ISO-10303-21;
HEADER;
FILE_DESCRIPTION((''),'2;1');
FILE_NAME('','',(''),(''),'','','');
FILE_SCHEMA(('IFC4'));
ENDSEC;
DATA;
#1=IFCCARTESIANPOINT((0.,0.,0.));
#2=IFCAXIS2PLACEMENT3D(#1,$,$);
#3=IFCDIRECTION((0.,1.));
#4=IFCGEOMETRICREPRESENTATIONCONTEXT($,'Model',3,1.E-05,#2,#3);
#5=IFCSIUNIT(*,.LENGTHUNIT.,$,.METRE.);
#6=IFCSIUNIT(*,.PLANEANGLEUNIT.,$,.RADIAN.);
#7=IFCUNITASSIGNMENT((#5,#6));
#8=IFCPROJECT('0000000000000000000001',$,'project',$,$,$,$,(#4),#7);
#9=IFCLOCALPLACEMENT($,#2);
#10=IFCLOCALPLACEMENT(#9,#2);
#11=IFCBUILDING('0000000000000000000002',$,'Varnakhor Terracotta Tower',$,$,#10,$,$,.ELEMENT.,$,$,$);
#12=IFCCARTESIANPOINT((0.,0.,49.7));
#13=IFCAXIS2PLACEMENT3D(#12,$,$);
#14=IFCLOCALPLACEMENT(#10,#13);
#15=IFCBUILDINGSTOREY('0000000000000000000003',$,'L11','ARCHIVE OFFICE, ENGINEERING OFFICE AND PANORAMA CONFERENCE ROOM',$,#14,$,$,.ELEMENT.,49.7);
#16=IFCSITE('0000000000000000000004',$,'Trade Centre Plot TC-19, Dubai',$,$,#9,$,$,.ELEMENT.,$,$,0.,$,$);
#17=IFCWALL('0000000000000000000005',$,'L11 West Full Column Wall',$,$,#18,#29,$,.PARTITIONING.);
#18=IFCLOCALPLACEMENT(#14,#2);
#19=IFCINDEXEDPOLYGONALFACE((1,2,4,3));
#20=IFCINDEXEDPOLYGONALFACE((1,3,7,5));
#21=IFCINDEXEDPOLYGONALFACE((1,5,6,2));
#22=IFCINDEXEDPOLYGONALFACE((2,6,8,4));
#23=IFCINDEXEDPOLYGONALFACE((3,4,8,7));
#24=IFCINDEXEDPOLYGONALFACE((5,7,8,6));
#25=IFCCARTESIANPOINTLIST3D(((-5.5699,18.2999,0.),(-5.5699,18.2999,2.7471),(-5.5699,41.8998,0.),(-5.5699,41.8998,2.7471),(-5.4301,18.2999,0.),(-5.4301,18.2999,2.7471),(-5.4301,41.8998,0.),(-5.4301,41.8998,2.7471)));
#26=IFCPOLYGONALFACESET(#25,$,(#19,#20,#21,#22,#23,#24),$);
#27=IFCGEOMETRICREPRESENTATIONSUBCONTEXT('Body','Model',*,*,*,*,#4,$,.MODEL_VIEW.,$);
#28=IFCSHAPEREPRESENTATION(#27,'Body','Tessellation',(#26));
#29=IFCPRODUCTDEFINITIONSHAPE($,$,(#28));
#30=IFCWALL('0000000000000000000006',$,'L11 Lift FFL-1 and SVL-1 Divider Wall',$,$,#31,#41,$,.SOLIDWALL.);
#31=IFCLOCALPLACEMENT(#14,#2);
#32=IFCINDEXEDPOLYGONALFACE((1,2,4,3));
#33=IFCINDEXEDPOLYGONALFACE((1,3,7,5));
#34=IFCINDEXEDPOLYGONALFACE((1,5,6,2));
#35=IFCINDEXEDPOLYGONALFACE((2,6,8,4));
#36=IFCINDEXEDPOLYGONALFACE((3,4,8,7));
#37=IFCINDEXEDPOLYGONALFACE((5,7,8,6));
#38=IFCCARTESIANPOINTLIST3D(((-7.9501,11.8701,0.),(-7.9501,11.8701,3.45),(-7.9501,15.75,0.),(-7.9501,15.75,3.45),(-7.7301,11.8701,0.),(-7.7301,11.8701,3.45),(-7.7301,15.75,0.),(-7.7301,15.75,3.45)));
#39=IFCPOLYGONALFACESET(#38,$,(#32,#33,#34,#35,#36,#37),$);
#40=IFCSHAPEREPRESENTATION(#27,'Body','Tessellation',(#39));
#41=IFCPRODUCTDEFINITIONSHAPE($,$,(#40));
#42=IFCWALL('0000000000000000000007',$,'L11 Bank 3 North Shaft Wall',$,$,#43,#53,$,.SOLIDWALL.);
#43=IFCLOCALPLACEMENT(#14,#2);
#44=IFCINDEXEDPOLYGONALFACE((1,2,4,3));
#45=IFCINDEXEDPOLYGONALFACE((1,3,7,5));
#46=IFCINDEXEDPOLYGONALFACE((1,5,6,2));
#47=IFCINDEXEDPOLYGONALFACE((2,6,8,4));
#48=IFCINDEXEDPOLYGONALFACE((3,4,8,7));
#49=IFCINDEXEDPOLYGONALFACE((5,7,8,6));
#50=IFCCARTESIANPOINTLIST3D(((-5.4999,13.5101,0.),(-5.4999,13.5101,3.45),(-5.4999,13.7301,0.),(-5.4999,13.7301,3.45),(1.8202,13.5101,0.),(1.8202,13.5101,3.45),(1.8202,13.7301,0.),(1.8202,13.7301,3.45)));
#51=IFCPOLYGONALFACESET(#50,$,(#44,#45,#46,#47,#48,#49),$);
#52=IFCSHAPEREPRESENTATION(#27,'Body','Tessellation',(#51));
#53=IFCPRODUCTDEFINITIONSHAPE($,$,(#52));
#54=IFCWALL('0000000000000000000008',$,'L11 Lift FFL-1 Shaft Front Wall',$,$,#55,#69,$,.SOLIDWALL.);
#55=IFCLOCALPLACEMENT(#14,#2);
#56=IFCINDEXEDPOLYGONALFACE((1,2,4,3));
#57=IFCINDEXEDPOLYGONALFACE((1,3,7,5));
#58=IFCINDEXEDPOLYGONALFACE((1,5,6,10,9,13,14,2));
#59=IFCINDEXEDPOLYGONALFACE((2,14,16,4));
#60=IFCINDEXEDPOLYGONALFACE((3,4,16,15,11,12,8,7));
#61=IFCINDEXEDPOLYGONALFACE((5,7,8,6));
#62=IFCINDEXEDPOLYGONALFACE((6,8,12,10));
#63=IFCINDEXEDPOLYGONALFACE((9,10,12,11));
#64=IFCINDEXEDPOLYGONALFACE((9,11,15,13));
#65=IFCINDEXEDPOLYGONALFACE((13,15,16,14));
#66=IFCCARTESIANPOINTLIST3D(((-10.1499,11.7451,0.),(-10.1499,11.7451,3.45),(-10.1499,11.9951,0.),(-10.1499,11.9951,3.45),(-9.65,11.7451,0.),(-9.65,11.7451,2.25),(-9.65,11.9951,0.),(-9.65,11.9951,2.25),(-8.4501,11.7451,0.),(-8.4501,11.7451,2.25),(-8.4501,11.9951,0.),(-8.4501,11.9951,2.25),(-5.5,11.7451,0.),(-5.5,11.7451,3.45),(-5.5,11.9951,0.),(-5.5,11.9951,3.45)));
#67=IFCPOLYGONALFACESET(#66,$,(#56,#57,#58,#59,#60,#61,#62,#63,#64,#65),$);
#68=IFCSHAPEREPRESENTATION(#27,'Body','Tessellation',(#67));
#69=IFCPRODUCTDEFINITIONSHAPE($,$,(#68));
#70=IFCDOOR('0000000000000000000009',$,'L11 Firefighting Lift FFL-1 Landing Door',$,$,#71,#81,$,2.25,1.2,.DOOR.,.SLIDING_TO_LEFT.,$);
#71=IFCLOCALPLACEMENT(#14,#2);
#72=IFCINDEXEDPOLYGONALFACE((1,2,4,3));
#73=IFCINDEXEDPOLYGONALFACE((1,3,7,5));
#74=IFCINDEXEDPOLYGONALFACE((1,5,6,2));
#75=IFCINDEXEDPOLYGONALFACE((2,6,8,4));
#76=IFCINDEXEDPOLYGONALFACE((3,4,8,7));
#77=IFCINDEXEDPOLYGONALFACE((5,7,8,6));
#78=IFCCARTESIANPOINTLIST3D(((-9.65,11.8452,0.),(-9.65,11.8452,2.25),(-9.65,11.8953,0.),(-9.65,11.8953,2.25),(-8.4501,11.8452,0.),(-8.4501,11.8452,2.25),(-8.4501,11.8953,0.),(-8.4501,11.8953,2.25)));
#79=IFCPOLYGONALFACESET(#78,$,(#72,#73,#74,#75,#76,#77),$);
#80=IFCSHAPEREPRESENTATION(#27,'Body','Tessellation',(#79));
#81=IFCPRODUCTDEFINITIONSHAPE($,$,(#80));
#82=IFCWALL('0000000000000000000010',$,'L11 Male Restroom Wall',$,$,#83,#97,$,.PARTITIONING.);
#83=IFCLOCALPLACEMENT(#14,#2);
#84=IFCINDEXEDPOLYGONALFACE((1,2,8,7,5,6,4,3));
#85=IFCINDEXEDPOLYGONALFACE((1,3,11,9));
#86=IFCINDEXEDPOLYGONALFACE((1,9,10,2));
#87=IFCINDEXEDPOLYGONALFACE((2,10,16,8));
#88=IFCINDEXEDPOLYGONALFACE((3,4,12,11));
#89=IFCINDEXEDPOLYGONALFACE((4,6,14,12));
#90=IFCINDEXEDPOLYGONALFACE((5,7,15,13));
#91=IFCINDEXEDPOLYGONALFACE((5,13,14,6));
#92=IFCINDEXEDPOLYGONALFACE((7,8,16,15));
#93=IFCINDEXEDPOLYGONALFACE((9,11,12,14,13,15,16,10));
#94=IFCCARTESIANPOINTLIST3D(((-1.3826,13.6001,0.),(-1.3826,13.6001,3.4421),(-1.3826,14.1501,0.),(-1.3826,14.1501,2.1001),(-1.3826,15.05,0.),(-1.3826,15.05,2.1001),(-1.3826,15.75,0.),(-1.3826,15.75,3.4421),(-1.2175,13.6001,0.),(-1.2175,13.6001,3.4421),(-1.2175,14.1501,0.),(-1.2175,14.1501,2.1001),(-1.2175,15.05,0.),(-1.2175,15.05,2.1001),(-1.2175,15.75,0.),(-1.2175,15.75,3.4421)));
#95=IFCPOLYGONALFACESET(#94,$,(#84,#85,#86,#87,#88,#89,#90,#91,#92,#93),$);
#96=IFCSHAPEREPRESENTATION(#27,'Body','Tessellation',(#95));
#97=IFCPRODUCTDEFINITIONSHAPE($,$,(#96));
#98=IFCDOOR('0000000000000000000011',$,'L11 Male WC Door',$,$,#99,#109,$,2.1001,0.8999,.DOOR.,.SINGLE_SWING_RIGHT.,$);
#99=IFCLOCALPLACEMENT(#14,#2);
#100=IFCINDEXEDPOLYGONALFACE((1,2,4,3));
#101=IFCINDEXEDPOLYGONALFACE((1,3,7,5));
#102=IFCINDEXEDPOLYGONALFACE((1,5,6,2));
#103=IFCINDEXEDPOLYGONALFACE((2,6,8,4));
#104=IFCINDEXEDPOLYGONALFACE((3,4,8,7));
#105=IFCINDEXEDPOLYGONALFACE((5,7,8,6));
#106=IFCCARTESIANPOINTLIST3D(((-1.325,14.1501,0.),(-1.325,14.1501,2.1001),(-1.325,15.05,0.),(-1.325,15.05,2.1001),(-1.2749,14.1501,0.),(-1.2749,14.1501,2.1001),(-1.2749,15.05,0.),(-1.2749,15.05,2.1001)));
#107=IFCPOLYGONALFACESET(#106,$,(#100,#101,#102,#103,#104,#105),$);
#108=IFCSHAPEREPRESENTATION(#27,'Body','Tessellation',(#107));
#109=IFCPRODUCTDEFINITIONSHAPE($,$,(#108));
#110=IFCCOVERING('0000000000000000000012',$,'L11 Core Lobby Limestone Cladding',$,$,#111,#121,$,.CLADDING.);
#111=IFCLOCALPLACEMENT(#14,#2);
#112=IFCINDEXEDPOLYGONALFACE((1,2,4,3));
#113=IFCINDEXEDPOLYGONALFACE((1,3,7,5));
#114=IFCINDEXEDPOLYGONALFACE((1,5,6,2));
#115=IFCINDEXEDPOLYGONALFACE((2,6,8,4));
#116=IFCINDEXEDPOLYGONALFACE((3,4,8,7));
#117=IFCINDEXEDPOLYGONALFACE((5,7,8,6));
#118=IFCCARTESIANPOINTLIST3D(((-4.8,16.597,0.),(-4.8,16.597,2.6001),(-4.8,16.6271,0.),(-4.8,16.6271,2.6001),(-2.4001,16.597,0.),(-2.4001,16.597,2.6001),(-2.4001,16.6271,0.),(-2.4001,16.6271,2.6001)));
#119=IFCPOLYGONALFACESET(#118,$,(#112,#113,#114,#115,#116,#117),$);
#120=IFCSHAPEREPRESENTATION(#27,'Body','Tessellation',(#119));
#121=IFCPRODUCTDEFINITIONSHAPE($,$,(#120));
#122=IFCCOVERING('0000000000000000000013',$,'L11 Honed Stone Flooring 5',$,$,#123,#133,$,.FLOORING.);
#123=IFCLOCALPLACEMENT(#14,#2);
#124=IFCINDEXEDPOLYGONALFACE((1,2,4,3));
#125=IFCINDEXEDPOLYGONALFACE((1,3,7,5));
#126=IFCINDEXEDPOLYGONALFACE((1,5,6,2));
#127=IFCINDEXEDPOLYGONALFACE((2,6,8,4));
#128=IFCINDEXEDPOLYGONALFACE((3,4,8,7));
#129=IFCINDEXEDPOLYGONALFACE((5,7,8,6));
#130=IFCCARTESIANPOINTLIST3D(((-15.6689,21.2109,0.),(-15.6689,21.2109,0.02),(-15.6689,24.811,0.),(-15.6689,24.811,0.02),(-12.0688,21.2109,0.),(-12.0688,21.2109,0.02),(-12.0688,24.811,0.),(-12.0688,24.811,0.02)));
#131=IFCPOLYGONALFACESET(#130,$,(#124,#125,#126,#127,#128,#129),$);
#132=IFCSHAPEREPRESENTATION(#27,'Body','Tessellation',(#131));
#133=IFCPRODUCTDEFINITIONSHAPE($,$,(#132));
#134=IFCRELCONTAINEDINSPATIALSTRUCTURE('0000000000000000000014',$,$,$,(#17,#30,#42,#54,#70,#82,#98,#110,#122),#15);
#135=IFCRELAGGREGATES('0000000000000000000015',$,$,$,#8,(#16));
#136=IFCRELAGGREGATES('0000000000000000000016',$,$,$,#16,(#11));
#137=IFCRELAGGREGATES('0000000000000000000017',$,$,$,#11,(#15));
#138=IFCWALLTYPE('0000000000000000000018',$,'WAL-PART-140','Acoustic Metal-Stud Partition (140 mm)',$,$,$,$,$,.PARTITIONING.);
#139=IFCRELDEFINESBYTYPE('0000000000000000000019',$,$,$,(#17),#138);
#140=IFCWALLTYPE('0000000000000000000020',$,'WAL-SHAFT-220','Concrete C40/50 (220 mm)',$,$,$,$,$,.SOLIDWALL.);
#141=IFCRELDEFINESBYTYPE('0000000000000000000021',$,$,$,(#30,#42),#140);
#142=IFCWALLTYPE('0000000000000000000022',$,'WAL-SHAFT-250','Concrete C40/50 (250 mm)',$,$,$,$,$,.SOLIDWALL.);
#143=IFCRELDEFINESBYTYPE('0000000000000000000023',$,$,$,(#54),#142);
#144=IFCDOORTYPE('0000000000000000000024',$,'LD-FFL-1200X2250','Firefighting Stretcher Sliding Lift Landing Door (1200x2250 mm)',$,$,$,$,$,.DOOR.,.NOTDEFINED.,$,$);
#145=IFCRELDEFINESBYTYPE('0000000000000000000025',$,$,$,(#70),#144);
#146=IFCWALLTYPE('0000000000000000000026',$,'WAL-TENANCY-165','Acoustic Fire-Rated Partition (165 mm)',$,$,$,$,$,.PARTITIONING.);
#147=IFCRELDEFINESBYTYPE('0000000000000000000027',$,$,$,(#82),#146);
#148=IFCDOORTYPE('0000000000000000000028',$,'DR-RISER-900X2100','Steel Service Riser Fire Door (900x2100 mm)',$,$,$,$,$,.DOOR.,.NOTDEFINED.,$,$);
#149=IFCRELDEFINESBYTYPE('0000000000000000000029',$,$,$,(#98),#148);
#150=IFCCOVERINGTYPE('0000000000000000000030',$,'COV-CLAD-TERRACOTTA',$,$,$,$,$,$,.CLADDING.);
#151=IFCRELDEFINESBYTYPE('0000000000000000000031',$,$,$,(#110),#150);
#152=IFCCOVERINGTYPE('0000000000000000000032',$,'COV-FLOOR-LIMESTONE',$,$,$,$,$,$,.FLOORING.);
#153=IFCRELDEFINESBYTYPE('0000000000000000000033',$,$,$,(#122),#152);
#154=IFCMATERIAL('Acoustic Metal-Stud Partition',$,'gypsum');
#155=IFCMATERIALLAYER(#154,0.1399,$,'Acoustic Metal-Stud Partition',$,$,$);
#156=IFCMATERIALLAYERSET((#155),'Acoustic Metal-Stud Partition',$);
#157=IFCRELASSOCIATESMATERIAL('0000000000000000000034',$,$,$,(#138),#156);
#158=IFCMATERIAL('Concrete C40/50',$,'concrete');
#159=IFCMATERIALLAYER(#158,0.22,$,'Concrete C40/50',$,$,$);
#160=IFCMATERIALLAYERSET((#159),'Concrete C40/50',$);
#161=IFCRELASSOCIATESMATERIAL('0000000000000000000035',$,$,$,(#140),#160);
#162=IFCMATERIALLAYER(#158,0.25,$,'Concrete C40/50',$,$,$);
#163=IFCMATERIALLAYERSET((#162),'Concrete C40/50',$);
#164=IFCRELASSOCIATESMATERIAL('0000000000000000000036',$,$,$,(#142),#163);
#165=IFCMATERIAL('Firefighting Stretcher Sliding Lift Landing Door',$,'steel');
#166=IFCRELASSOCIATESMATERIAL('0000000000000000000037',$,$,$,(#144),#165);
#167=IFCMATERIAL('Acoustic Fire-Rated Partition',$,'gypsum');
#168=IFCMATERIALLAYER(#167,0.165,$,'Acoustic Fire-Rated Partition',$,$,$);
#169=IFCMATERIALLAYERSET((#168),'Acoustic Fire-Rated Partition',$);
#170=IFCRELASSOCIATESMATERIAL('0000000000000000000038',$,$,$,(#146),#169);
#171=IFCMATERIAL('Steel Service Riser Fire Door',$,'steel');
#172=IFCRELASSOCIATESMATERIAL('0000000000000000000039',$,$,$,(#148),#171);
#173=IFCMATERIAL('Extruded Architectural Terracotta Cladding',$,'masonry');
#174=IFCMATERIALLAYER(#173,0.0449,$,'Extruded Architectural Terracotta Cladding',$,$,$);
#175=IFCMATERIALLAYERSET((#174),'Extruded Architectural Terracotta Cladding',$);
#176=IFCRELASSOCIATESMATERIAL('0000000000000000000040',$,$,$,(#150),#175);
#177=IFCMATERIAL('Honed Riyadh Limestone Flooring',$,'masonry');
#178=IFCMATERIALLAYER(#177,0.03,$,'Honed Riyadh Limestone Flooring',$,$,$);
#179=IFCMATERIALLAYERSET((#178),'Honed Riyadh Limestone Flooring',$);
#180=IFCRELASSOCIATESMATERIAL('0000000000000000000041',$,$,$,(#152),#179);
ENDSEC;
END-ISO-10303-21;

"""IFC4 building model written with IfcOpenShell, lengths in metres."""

from ifc_helpers import new_model, si_unit, direction, frame, frame_2d, origin, origin_2d, place, context, subcontext, project, spatial, rectangle, extrude, source, transform, mapped, material, layer, layer_set, type_object, type_shapes, element, fill, save


model = new_model("IFC4")

# Units and contexts
model_context = context("Model", 3, precision=1e-05, world=origin(), true_north=direction((0.0, 1.0)))
body_context = subcontext(model_context, "Body", "Model", "MODEL_VIEW")
ifc_project = project(units=[si_unit("LENGTHUNIT", "METRE"), si_unit("PLANEANGLEUNIT", "RADIAN")], contexts=[model_context])

# Site, building, storey
site_placement = place(None, origin())
site = spatial("IfcSite", under=ifc_project, at=site_placement, Name="Trade Centre Plot TC-19, Dubai", CompositionType="ELEMENT", RefElevation=0.0)
building_placement = place(site_placement, origin())
building = spatial("IfcBuilding", under=site, at=building_placement, Name="Varnakhor Terracotta Tower", CompositionType="ELEMENT")
storey_placement = place(building_placement, frame((0.0, 0.0, 49.7)))
storey = spatial("IfcBuildingStorey", under=building, at=storey_placement, Name="L11", Description="ARCHIVE OFFICE, ENGINEERING OFFICE AND PANORAMA CONFERENCE ROOM", CompositionType="ELEMENT", Elevation=49.7)

# Walls
ifc_material_1 = material(Name="Acoustic Metal-Stud Partition", Category="gypsum")
ifc_layer_1 = layer(ifc_material_1, 0.1399, Name="Acoustic Metal-Stud Partition")
ifc_layer_set_1 = layer_set([ifc_layer_1], Name="Acoustic Metal-Stud Partition")
wall_type_1 = type_object("IfcWallType", Name="WAL-PART-140", Description="Acoustic Metal-Stud Partition (140 mm)", PredefinedType="PARTITIONING", material=ifc_layer_set_1)
wall_1_placement = place(storey_placement, frame((-5.5, 18.3, 0.0), z_axis=(0.0, 0.0, 1.0), x_axis=(0.0, 1.0, 0.0)))
element("IfcWall", 1, at=wall_1_placement, inside=storey, type_object=wall_type_1, Name="L11 West Full Column Wall", PredefinedType="PARTITIONING", context=body_context, shape_type="SweptSolid", body=[
    extrude(rectangle(XDim=23.5999, YDim=0.1399, at=frame_2d((11.7998, 0.0))), origin(), (0.0, 0.0, 1.0), 2.7471),
])
ifc_material_2 = material(Name="Concrete C40/50", Category="concrete")
ifc_layer_2 = layer(ifc_material_2, 0.22, Name="Concrete C40/50")
ifc_layer_set_2 = layer_set([ifc_layer_2], Name="Concrete C40/50")
wall_type_2 = type_object("IfcWallType", Name="WAL-SHAFT-220", Description="Concrete C40/50 (220 mm)", PredefinedType="SOLIDWALL", material=ifc_layer_set_2)
wall_2_placement = place(storey_placement, frame((-7.8401, 11.8701, 0.0), z_axis=(0.0, 0.0, 1.0), x_axis=(0.0, 1.0, 0.0)))
element("IfcWall", 2, at=wall_2_placement, inside=storey, type_object=wall_type_2, Name="L11 Lift FFL-1 and SVL-1 Divider Wall", PredefinedType="SOLIDWALL", context=body_context, shape_type="SweptSolid", body=[
    extrude(rectangle(XDim=3.8799, YDim=0.22, at=frame_2d((1.9399, 0.0))), origin(), (0.0, 0.0, 1.0), 3.45),
])
wall_3_placement = place(storey_placement, frame((-5.5, 13.6201, 0.0), z_axis=(0.0, 0.0, 1.0), x_axis=(1.0, 0.0, 0.0)))
element("IfcWall", 3, at=wall_3_placement, inside=storey, type_object=wall_type_2, Name="L11 Bank 3 North Shaft Wall", PredefinedType="SOLIDWALL", context=body_context, shape_type="SweptSolid", body=[
    extrude(rectangle(XDim=7.3201, YDim=0.22, at=frame_2d((3.6602, 0.0))), origin(), (0.0, 0.0, 1.0), 3.45),
])

# Walls, openings, doors
ifc_layer_3 = layer(ifc_material_2, 0.25, Name="Concrete C40/50")
ifc_layer_set_3 = layer_set([ifc_layer_3], Name="Concrete C40/50")
wall_type_3 = type_object("IfcWallType", Name="WAL-SHAFT-250", Description="Concrete C40/50 (250 mm)", PredefinedType="SOLIDWALL", material=ifc_layer_set_3)
wall_4_placement = place(storey_placement, frame((-5.5, 11.8701, 0.0), z_axis=(0.0, 0.0, 1.0), x_axis=(-1.0, 0.0, 0.0)))
wall_4 = element("IfcWall", 4, at=wall_4_placement, inside=storey, type_object=wall_type_3, Name="L11 Lift FFL-1 Shaft Front Wall", PredefinedType="SOLIDWALL", context=body_context, shape_type="SweptSolid", body=[
    extrude(rectangle(XDim=4.6499, YDim=0.25, at=frame_2d((2.325, 0.0))), origin(), (0.0, 0.0, 1.0), 3.45),
])
opening_1_placement = place(wall_4_placement, frame((2.95, 0.0, 0.0)))
opening_1 = element("IfcOpeningElement", 5, at=opening_1_placement, cuts=wall_4, PredefinedType="OPENING", context=body_context, shape_type="SweptSolid", body=[
    extrude(rectangle(XDim=1.2, YDim=2.25, at=frame_2d((0.6001, 1.125))), frame((0.0, 0.135, 0.0), z_axis=(0.0, -1.0, 0.0), x_axis=(1.0, 0.0, 0.0)), (0.0, 0.0, 1.0), 0.27),
])
ifc_material_3 = material(Name="Firefighting Stretcher Sliding Lift Landing Door", Category="steel")
door_type_1 = type_object("IfcDoorType", Name="LD-FFL-1200X2250", Description="Firefighting Stretcher Sliding Lift Landing Door (1200x2250 mm)", OperationType="NOTDEFINED", PredefinedType="DOOR", material=ifc_material_3)
shared_shape_1 = source(origin(), body_context, "Body", "SweptSolid", [
    extrude(rectangle(XDim=1.2, YDim=2.25, at=frame_2d((0.6001, 1.125))), frame((0.0, 0.0249, 0.0), z_axis=(0.0, -1.0, 0.0), x_axis=(1.0, 0.0, 0.0)), (0.0, 0.0, 1.0), 0.05),
])
type_shapes(door_type_1, [shared_shape_1])
door_1_placement = place(opening_1_placement, origin())
door_1 = element("IfcDoor", 6, at=door_1_placement, inside=storey, type_object=door_type_1, Name="L11 Firefighting Lift FFL-1 Landing Door", OperationType="SLIDING_TO_LEFT", OverallHeight=2.25, OverallWidth=1.2, PredefinedType="DOOR", context=body_context, shape_type="MappedRepresentation", body=[
    mapped(shared_shape_1, transform((0.0, 0.0, 0.0), scale=1.0)),
])
fill(opening_1, door_1)
ifc_material_4 = material(Name="Acoustic Fire-Rated Partition", Category="gypsum")
ifc_layer_4 = layer(ifc_material_4, 0.165, Name="Acoustic Fire-Rated Partition")
ifc_layer_set_4 = layer_set([ifc_layer_4], Name="Acoustic Fire-Rated Partition")
wall_type_4 = type_object("IfcWallType", Name="WAL-TENANCY-165", Description="Acoustic Fire-Rated Partition (165 mm)", PredefinedType="PARTITIONING", material=ifc_layer_set_4)
wall_5_placement = place(storey_placement, frame((-1.3, 13.6001, 0.0), z_axis=(0.0, 0.0, 1.0), x_axis=(0.0, 1.0, 0.0)))
wall_5 = element("IfcWall", 7, at=wall_5_placement, inside=storey, type_object=wall_type_4, Name="L11 Male Restroom Wall", PredefinedType="PARTITIONING", context=body_context, shape_type="SweptSolid", body=[
    extrude(rectangle(XDim=2.1499, YDim=0.165, at=frame_2d((1.075, 0.0))), origin(), (0.0, 0.0, 1.0), 3.4421),
])
opening_2_placement = place(wall_5_placement, frame((0.55, 0.0, 0.0)))
opening_2 = element("IfcOpeningElement", 8, at=opening_2_placement, cuts=wall_5, PredefinedType="OPENING", context=body_context, shape_type="SweptSolid", body=[
    extrude(rectangle(XDim=0.8999, YDim=2.1001, at=frame_2d((0.45, 1.05))), frame((0.0, 0.0925, 0.0), z_axis=(0.0, -1.0, 0.0), x_axis=(1.0, 0.0, 0.0)), (0.0, 0.0, 1.0), 0.1851),
])
ifc_material_5 = material(Name="Steel Service Riser Fire Door", Category="steel")
door_type_2 = type_object("IfcDoorType", Name="DR-RISER-900X2100", Description="Steel Service Riser Fire Door (900x2100 mm)", OperationType="NOTDEFINED", PredefinedType="DOOR", material=ifc_material_5)
shared_shape_2 = source(origin(), body_context, "Body", "SweptSolid", [
    extrude(rectangle(XDim=0.8999, YDim=2.1001, at=frame_2d((0.45, 1.05))), frame((0.0, 0.0249, 0.0), z_axis=(0.0, -1.0, 0.0), x_axis=(1.0, 0.0, 0.0)), (0.0, 0.0, 1.0), 0.05),
])
type_shapes(door_type_2, [shared_shape_2])
door_2_placement = place(opening_2_placement, origin())
door_2 = element("IfcDoor", 9, at=door_2_placement, inside=storey, type_object=door_type_2, Name="L11 Male WC Door", OperationType="SINGLE_SWING_RIGHT", OverallHeight=2.1001, OverallWidth=0.8999, PredefinedType="DOOR", context=body_context, shape_type="MappedRepresentation", body=[
    mapped(shared_shape_2, transform((0.0, 0.0, 0.0), scale=1.0)),
])
fill(opening_2, door_2)

# Coverings
ifc_material_6 = material(Name="Extruded Architectural Terracotta Cladding", Category="masonry")
ifc_layer_5 = layer(ifc_material_6, 0.0449, Name="Extruded Architectural Terracotta Cladding")
ifc_layer_set_5 = layer_set([ifc_layer_5], Name="Extruded Architectural Terracotta Cladding")
covering_type_1 = type_object("IfcCoveringType", Name="COV-CLAD-TERRACOTTA", PredefinedType="CLADDING", material=ifc_layer_set_5)
shared_shape_3 = source(origin(), body_context, "Body", "SweptSolid", [
    extrude(rectangle(XDim=2.3999, YDim=0.03, at=origin_2d()), origin(), (0.0, 0.0, 1.0), 2.6001),
])
type_shapes(covering_type_1, [shared_shape_3])
covering_1_placement = place(storey_placement, frame((-3.6001, 16.6121, 0.0), z_axis=(0.0, 0.0, 1.0), x_axis=(1.0, 0.0, 0.0)))
element("IfcCovering", 10, at=covering_1_placement, inside=storey, type_object=covering_type_1, Name="L11 Core Lobby Limestone Cladding", PredefinedType="CLADDING", context=body_context, shape_type="MappedRepresentation", body=[
    mapped(shared_shape_3, transform((0.0, 0.0, 0.0), scale=1.0)),
])
ifc_material_7 = material(Name="Honed Riyadh Limestone Flooring", Category="masonry")
ifc_layer_6 = layer(ifc_material_7, 0.03, Name="Honed Riyadh Limestone Flooring")
ifc_layer_set_6 = layer_set([ifc_layer_6], Name="Honed Riyadh Limestone Flooring")
covering_type_2 = type_object("IfcCoveringType", Name="COV-FLOOR-LIMESTONE", PredefinedType="FLOORING", material=ifc_layer_set_6)
shared_shape_4 = source(origin(), body_context, "Body", "SweptSolid", [
    extrude(rectangle(XDim=3.6001, YDim=3.6001, at=origin_2d()), origin(), (0.0, 0.0, 1.0), 0.02),
])
covering_2_placement = place(storey_placement, frame((-13.8689, 23.011, 0.0), z_axis=(0.0, 0.0, 1.0), x_axis=(1.0, 0.0, 0.0)))
element("IfcCovering", 11, at=covering_2_placement, inside=storey, type_object=covering_type_2, Name="L11 Honed Stone Flooring 5", PredefinedType="FLOORING", context=body_context, shape_type="MappedRepresentation", body=[
    mapped(shared_shape_4, transform((0.0, 0.0, 0.0), scale=1.0)),
])

save(model, "model.ifc")
